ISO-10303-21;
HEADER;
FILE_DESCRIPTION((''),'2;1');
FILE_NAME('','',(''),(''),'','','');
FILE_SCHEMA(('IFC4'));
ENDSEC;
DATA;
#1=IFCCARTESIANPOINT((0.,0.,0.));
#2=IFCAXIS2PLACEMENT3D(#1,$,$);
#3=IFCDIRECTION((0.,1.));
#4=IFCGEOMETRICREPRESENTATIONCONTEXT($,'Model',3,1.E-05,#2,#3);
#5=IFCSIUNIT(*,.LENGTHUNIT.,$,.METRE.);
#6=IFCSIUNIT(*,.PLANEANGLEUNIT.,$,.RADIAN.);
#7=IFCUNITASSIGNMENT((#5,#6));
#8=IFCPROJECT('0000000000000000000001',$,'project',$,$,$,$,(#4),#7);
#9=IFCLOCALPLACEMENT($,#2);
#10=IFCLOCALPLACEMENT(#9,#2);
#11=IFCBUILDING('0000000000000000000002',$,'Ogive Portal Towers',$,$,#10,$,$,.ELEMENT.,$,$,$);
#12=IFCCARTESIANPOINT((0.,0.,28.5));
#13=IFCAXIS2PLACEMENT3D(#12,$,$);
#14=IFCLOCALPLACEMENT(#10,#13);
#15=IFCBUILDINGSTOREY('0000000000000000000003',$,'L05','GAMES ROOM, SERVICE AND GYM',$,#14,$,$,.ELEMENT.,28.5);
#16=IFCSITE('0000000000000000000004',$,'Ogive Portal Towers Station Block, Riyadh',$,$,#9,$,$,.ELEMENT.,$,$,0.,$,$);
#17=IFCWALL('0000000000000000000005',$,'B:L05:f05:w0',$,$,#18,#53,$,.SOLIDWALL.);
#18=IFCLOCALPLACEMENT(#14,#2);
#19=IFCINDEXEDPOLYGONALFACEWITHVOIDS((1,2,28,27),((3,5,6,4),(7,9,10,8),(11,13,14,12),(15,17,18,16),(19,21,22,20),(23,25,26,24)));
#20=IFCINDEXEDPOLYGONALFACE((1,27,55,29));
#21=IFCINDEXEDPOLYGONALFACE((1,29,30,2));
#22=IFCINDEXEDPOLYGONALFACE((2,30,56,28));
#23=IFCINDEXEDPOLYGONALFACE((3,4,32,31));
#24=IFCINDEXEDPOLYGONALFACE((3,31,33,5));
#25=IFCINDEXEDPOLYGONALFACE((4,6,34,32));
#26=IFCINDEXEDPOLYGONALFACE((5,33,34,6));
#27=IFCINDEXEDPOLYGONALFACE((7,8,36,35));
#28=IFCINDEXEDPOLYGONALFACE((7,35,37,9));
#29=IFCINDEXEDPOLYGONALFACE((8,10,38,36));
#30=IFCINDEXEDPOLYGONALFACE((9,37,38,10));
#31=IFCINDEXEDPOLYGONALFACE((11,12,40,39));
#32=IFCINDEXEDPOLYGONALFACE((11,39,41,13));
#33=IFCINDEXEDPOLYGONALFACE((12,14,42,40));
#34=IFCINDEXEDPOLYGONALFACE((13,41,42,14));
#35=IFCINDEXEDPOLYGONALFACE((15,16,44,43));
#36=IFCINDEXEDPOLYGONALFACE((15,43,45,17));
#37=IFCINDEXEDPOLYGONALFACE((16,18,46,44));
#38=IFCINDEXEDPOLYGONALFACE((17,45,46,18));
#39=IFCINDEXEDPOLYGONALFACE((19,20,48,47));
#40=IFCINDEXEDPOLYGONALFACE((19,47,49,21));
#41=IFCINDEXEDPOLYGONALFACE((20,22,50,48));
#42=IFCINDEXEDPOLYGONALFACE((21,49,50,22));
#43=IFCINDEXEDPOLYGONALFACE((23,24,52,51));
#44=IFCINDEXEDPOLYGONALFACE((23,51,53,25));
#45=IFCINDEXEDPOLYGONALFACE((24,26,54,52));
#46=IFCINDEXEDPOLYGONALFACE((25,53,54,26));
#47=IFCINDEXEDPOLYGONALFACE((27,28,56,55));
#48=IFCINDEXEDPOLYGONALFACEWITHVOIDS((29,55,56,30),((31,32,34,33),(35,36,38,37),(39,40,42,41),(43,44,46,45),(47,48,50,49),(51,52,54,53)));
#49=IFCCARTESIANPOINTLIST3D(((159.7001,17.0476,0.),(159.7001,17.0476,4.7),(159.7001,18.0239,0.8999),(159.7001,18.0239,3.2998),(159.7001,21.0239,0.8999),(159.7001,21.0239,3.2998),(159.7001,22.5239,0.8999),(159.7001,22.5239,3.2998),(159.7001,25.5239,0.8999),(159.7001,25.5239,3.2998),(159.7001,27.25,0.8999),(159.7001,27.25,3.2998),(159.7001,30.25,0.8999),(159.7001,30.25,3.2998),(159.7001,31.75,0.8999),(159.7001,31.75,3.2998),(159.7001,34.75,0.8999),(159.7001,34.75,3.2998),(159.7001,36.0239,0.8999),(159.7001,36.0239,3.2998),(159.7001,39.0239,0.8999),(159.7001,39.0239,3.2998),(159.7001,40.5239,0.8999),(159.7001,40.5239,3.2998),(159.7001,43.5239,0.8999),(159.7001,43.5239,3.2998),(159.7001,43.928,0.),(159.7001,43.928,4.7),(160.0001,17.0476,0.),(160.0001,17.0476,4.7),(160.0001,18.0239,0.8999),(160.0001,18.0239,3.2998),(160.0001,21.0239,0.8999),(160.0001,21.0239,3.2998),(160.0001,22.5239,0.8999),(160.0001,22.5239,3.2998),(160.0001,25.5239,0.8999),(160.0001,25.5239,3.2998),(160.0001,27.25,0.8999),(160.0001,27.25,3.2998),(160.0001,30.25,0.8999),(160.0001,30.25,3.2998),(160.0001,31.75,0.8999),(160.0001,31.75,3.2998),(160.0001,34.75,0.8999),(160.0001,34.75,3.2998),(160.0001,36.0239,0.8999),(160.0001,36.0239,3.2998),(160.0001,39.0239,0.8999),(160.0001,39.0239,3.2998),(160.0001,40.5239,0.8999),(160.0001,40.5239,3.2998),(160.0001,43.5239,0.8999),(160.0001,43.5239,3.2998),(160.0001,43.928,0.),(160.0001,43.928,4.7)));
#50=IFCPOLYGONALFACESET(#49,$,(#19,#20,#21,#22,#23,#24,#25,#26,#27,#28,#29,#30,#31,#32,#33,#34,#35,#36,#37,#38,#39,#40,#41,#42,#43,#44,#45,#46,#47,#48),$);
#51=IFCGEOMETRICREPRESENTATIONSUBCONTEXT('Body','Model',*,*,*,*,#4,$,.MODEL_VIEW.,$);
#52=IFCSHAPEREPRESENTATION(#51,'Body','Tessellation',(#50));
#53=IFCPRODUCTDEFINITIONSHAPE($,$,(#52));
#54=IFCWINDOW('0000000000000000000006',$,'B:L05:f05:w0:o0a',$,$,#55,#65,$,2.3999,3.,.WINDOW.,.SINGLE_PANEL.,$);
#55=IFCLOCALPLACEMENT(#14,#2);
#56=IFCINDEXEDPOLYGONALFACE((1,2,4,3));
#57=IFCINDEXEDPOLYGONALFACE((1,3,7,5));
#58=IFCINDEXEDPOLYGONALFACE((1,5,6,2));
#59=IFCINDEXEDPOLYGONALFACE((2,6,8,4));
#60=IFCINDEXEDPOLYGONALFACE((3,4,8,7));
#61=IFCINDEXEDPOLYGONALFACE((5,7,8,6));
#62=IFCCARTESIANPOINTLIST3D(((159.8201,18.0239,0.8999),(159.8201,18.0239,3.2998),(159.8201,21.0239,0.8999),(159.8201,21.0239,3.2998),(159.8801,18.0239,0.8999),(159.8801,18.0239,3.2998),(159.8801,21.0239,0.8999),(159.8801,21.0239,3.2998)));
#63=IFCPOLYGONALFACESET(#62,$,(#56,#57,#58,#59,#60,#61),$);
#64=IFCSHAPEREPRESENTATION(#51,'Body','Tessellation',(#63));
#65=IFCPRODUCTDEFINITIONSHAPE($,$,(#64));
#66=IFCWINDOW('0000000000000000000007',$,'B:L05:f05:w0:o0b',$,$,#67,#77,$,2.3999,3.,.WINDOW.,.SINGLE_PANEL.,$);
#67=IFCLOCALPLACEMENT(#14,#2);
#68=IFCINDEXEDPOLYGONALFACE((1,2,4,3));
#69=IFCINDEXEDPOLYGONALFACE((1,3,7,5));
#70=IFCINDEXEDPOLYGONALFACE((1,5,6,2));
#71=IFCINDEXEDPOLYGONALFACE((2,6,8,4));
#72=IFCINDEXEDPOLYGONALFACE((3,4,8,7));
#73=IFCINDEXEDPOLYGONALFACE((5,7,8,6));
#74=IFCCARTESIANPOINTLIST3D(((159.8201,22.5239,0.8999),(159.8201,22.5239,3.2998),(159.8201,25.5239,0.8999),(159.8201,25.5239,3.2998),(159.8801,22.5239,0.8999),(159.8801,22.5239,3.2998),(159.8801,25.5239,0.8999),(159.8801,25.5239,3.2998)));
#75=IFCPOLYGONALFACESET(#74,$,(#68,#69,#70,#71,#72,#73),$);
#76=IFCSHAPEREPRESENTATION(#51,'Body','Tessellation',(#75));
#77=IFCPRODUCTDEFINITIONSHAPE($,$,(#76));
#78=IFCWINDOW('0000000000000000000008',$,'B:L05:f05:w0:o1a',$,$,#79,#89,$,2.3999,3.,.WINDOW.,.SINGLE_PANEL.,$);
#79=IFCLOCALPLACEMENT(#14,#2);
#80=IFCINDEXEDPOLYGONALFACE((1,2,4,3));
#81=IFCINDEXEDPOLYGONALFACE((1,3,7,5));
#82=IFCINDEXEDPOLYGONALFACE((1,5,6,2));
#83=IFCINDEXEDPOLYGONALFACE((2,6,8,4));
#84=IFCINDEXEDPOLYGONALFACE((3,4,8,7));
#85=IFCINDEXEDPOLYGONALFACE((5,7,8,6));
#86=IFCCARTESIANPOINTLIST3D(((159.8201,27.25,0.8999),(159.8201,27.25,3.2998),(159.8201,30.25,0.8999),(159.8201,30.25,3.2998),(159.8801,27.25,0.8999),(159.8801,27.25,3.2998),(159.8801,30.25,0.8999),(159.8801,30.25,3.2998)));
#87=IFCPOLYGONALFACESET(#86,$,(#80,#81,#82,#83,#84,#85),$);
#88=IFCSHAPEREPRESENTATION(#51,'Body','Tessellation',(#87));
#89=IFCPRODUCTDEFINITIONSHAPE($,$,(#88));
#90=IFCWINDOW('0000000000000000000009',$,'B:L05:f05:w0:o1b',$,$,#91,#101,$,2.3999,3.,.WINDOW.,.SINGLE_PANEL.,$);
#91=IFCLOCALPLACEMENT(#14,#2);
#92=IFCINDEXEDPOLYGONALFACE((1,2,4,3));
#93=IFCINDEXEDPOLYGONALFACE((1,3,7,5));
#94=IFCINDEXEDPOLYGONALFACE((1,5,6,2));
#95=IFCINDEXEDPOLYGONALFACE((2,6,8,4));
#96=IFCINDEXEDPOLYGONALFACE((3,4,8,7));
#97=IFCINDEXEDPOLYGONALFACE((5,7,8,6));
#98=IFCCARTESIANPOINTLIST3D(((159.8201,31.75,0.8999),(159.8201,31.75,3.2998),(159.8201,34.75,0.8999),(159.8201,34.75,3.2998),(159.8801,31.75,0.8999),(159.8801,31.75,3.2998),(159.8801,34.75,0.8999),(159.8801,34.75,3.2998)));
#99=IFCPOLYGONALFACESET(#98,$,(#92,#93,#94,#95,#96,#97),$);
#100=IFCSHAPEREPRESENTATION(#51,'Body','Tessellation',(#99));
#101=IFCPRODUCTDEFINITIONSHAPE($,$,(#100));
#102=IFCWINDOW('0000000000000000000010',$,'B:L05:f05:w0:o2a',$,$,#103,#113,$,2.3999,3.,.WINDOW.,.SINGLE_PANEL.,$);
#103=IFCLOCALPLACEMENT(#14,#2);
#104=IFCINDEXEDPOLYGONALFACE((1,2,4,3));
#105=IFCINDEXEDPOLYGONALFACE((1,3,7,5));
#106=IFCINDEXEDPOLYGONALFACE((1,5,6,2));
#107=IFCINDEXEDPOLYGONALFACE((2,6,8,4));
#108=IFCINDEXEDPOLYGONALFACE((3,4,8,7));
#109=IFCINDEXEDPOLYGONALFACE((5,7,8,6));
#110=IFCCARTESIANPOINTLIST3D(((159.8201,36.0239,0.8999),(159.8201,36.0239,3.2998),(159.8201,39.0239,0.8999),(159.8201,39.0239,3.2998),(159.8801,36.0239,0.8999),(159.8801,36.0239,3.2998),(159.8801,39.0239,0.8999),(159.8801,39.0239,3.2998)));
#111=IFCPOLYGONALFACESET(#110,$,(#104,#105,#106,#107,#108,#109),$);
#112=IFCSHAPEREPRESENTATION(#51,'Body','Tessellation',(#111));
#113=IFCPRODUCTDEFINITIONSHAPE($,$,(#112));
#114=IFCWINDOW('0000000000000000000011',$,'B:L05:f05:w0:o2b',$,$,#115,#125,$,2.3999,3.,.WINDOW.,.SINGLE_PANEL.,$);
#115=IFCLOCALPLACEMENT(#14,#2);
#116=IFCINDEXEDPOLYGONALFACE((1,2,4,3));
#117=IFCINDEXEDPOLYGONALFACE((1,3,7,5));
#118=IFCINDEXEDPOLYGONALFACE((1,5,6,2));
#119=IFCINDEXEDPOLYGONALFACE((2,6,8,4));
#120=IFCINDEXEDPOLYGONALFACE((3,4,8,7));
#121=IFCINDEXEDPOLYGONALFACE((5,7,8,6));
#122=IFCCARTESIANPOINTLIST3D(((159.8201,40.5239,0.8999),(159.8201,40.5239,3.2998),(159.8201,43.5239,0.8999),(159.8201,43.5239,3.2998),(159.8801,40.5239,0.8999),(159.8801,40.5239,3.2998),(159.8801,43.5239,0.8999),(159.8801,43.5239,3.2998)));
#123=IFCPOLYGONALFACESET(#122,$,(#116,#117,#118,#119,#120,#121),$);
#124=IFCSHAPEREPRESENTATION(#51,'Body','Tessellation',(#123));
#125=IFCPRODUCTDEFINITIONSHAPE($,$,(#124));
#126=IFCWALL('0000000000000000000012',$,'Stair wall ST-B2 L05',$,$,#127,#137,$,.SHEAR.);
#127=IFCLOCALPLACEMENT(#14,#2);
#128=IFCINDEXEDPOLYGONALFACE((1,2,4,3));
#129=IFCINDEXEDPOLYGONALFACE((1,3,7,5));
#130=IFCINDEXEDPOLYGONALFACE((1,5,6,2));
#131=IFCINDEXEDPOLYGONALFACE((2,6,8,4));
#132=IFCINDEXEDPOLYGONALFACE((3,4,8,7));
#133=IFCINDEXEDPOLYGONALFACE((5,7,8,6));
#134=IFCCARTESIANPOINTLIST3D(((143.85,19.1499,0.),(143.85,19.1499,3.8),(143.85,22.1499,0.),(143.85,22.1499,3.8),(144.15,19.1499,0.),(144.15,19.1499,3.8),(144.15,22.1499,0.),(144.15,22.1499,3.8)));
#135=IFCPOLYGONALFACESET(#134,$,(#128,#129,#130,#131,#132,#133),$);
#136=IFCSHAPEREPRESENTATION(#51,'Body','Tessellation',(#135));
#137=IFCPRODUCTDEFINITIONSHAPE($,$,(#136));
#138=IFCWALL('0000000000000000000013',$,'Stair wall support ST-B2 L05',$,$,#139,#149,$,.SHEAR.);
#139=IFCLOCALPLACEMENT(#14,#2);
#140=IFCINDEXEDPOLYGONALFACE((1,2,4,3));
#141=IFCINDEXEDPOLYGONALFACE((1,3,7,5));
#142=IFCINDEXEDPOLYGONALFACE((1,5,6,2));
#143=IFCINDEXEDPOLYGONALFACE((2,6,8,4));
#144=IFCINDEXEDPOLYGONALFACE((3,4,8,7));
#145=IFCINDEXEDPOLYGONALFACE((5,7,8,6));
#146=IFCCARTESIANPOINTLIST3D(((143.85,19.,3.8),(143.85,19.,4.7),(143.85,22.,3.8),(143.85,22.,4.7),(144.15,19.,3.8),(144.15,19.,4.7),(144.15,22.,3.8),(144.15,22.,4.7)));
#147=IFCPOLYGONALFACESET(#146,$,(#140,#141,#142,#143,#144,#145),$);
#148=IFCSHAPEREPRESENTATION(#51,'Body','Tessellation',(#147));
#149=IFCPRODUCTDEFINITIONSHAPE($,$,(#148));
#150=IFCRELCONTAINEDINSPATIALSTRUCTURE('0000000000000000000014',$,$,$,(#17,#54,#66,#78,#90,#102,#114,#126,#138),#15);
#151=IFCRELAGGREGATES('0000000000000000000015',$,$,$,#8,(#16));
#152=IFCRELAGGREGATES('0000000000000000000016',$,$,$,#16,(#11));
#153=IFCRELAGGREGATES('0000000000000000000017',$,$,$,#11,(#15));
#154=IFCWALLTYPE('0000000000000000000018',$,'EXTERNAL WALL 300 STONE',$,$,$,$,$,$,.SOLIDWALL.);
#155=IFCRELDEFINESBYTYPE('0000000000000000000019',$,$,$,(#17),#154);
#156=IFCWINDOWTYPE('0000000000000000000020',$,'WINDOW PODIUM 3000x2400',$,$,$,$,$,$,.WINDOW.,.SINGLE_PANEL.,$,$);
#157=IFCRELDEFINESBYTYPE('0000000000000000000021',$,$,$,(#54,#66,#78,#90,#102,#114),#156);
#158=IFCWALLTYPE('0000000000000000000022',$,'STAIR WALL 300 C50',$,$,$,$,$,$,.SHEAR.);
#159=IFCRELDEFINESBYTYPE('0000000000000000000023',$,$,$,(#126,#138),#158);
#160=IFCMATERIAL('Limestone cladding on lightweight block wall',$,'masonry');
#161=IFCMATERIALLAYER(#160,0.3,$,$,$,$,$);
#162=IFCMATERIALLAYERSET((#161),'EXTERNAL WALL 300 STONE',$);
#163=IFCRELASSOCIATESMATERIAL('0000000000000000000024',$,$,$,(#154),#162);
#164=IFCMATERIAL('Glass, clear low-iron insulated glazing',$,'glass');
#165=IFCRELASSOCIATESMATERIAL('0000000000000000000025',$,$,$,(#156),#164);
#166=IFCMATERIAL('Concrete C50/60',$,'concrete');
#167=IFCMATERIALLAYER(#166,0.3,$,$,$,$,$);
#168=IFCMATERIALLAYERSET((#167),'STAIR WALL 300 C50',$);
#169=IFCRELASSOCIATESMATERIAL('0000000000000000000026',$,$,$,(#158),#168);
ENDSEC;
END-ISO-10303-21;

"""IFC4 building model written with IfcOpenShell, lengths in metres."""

from ifc_helpers import new_model, si_unit, direction, frame, frame_2d, origin, place, context, subcontext, project, spatial, rectangle, extrude, material, layer, layer_set, type_object, element, fill, save


model = new_model("IFC4")

# Units and contexts
model_context = context("Model", 3, precision=1e-05, world=origin(), true_north=direction((0.0, 1.0)))
body_context = subcontext(model_context, "Body", "Model", "MODEL_VIEW")
ifc_project = project(units=[si_unit("LENGTHUNIT", "METRE"), si_unit("PLANEANGLEUNIT", "RADIAN")], contexts=[model_context])

# Site, building, storey
site_placement = place(None, origin())
site = spatial("IfcSite", under=ifc_project, at=site_placement, Name="Ogive Portal Towers Station Block, Riyadh", CompositionType="ELEMENT", RefElevation=0.0)
building_placement = place(site_placement, origin())
building = spatial("IfcBuilding", under=site, at=building_placement, Name="Ogive Portal Towers", CompositionType="ELEMENT")
storey_placement = place(building_placement, frame((0.0, 0.0, 28.5)))
storey = spatial("IfcBuildingStorey", under=building, at=storey_placement, Name="L05", Description="GAMES ROOM, SERVICE AND GYM", CompositionType="ELEMENT", Elevation=28.5)

# Shared definitions
ifc_material_1 = material(Name="Concrete C50/60", Category="concrete")

# Shared definitions
ifc_material_2 = material(Name="Limestone cladding on lightweight block wall", Category="masonry")
ifc_layer_1 = layer(ifc_material_2, 0.3)
ifc_layer_set_1 = layer_set([ifc_layer_1], Name="EXTERNAL WALL 300 STONE")
wall_type_1 = type_object("IfcWallType", Name="EXTERNAL WALL 300 STONE", PredefinedType="SOLIDWALL", material=ifc_layer_set_1)
ifc_material_3 = material(Name="Glass, clear low-iron insulated glazing", Category="glass")
window_type = type_object("IfcWindowType", Name="WINDOW PODIUM 3000x2400", PartitioningType="SINGLE_PANEL", PredefinedType="WINDOW", material=ifc_material_3)

# Wall, openings, windows
wall_1_placement = place(storey_placement, frame((159.8501, 17.0476, 0.0), z_axis=(0.0, 0.0, 1.0), x_axis=(0.0, 1.0, 0.0)))
wall_1 = element("IfcWall", 1, at=wall_1_placement, inside=storey, type_object=wall_type_1, Name="B:L05:f05:w0", PredefinedType="SOLIDWALL", context=body_context, shape_type="SweptSolid", body=[
    extrude(rectangle(XDim=26.8804, YDim=0.3, at=frame_2d((13.4402, 0.0))), origin(), (0.0, 0.0, 1.0), 4.7),
])
opening_1_placement = place(wall_1_placement, frame((0.9763, 0.0, 0.8999)))
opening_1 = element("IfcOpeningElement", 2, at=opening_1_placement, cuts=wall_1, PredefinedType="OPENING", context=body_context, shape_type="SweptSolid", body=[
    extrude(rectangle(XDim=3.0, YDim=2.3999, at=frame_2d((1.5, 1.2))), frame((0.0, 0.1602, 0.0), z_axis=(0.0, -1.0, 0.0), x_axis=(1.0, 0.0, 0.0)), (0.0, 0.0, 1.0), 0.3201),
])
opening_2_placement = place(wall_1_placement, frame((5.4763, 0.0, 0.8999)))
opening_2 = element("IfcOpeningElement", 3, at=opening_2_placement, cuts=wall_1, PredefinedType="OPENING", context=body_context, shape_type="SweptSolid", body=[
    extrude(rectangle(XDim=3.0, YDim=2.3999, at=frame_2d((1.5, 1.2))), frame((0.0, 0.1602, 0.0), z_axis=(0.0, -1.0, 0.0), x_axis=(1.0, 0.0, 0.0)), (0.0, 0.0, 1.0), 0.3201),
])
opening_3_placement = place(wall_1_placement, frame((10.2024, 0.0, 0.8999)))
opening_3 = element("IfcOpeningElement", 4, at=opening_3_placement, cuts=wall_1, PredefinedType="OPENING", context=body_context, shape_type="SweptSolid", body=[
    extrude(rectangle(XDim=3.0, YDim=2.3999, at=frame_2d((1.5, 1.2))), frame((0.0, 0.1602, 0.0), z_axis=(0.0, -1.0, 0.0), x_axis=(1.0, 0.0, 0.0)), (0.0, 0.0, 1.0), 0.3201),
])
opening_4_placement = place(wall_1_placement, frame((14.7024, 0.0, 0.8999)))
opening_4 = element("IfcOpeningElement", 5, at=opening_4_placement, cuts=wall_1, PredefinedType="OPENING", context=body_context, shape_type="SweptSolid", body=[
    extrude(rectangle(XDim=3.0, YDim=2.3999, at=frame_2d((1.5, 1.2))), frame((0.0, 0.1602, 0.0), z_axis=(0.0, -1.0, 0.0), x_axis=(1.0, 0.0, 0.0)), (0.0, 0.0, 1.0), 0.3201),
])
opening_5_placement = place(wall_1_placement, frame((18.9763, 0.0, 0.8999)))
opening_5 = element("IfcOpeningElement", 6, at=opening_5_placement, cuts=wall_1, PredefinedType="OPENING", context=body_context, shape_type="SweptSolid", body=[
    extrude(rectangle(XDim=3.0, YDim=2.3999, at=frame_2d((1.5, 1.2))), frame((0.0, 0.1602, 0.0), z_axis=(0.0, -1.0, 0.0), x_axis=(1.0, 0.0, 0.0)), (0.0, 0.0, 1.0), 0.3201),
])
opening_6_placement = place(wall_1_placement, frame((23.4763, 0.0, 0.8999)))
opening_6 = element("IfcOpeningElement", 7, at=opening_6_placement, cuts=wall_1, PredefinedType="OPENING", context=body_context, shape_type="SweptSolid", body=[
    extrude(rectangle(XDim=3.0, YDim=2.3999, at=frame_2d((1.5, 1.2))), frame((0.0, 0.1602, 0.0), z_axis=(0.0, -1.0, 0.0), x_axis=(1.0, 0.0, 0.0)), (0.0, 0.0, 1.0), 0.3201),
])
window_1_placement = place(opening_1_placement, origin())
window_1 = element("IfcWindow", 8, at=window_1_placement, inside=storey, type_object=window_type, Name="B:L05:f05:w0:o0a", OverallHeight=2.3999, OverallWidth=3.0, PartitioningType="SINGLE_PANEL", PredefinedType="WINDOW", context=body_context, shape_type="SweptSolid", body=[
    extrude(rectangle(XDim=3.0, YDim=2.3999, at=frame_2d((1.5, 1.2))), frame((0.0, 0.03, 0.0), z_axis=(0.0, -1.0, 0.0), x_axis=(1.0, 0.0, 0.0)), (0.0, 0.0, 1.0), 0.0601),
])
fill(opening_1, window_1)
window_2_placement = place(opening_2_placement, origin())
window_2 = element("IfcWindow", 9, at=window_2_placement, inside=storey, type_object=window_type, Name="B:L05:f05:w0:o0b", OverallHeight=2.3999, OverallWidth=3.0, PartitioningType="SINGLE_PANEL", PredefinedType="WINDOW", context=body_context, shape_type="SweptSolid", body=[
    extrude(rectangle(XDim=3.0, YDim=2.3999, at=frame_2d((1.5, 1.2))), frame((0.0, 0.03, 0.0), z_axis=(0.0, -1.0, 0.0), x_axis=(1.0, 0.0, 0.0)), (0.0, 0.0, 1.0), 0.0601),
])
fill(opening_2, window_2)
window_3_placement = place(opening_3_placement, origin())
window_3 = element("IfcWindow", 10, at=window_3_placement, inside=storey, type_object=window_type, Name="B:L05:f05:w0:o1a", OverallHeight=2.3999, OverallWidth=3.0, PartitioningType="SINGLE_PANEL", PredefinedType="WINDOW", context=body_context, shape_type="SweptSolid", body=[
    extrude(rectangle(XDim=3.0, YDim=2.3999, at=frame_2d((1.5, 1.2))), frame((0.0, 0.03, 0.0), z_axis=(0.0, -1.0, 0.0), x_axis=(1.0, 0.0, 0.0)), (0.0, 0.0, 1.0), 0.0601),
])
fill(opening_3, window_3)
window_4_placement = place(opening_4_placement, origin())
window_4 = element("IfcWindow", 11, at=window_4_placement, inside=storey, type_object=window_type, Name="B:L05:f05:w0:o1b", OverallHeight=2.3999, OverallWidth=3.0, PartitioningType="SINGLE_PANEL", PredefinedType="WINDOW", context=body_context, shape_type="SweptSolid", body=[
    extrude(rectangle(XDim=3.0, YDim=2.3999, at=frame_2d((1.5, 1.2))), frame((0.0, 0.03, 0.0), z_axis=(0.0, -1.0, 0.0), x_axis=(1.0, 0.0, 0.0)), (0.0, 0.0, 1.0), 0.0601),
])
fill(opening_4, window_4)
window_5_placement = place(opening_5_placement, origin())
window_5 = element("IfcWindow", 12, at=window_5_placement, inside=storey, type_object=window_type, Name="B:L05:f05:w0:o2a", OverallHeight=2.3999, OverallWidth=3.0, PartitioningType="SINGLE_PANEL", PredefinedType="WINDOW", context=body_context, shape_type="SweptSolid", body=[
    extrude(rectangle(XDim=3.0, YDim=2.3999, at=frame_2d((1.5, 1.2))), frame((0.0, 0.03, 0.0), z_axis=(0.0, -1.0, 0.0), x_axis=(1.0, 0.0, 0.0)), (0.0, 0.0, 1.0), 0.0601),
])
fill(opening_5, window_5)
window_6_placement = place(opening_6_placement, origin())
window_6 = element("IfcWindow", 13, at=window_6_placement, inside=storey, type_object=window_type, Name="B:L05:f05:w0:o2b", OverallHeight=2.3999, OverallWidth=3.0, PartitioningType="SINGLE_PANEL", PredefinedType="WINDOW", context=body_context, shape_type="SweptSolid", body=[
    extrude(rectangle(XDim=3.0, YDim=2.3999, at=frame_2d((1.5, 1.2))), frame((0.0, 0.03, 0.0), z_axis=(0.0, -1.0, 0.0), x_axis=(1.0, 0.0, 0.0)), (0.0, 0.0, 1.0), 0.0601),
])
fill(opening_6, window_6)

# Walls
ifc_layer_2 = layer(ifc_material_1, 0.3)
ifc_layer_set_2 = layer_set([ifc_layer_2], Name="STAIR WALL 300 C50")
wall_type_2 = type_object("IfcWallType", Name="STAIR WALL 300 C50", PredefinedType="SHEAR", material=ifc_layer_set_2)
wall_2_placement = place(storey_placement, frame((144.0, 19.1499, 0.0), z_axis=(0.0, 0.0, 1.0), x_axis=(0.0, 1.0, 0.0)))
element("IfcWall", 14, at=wall_2_placement, inside=storey, type_object=wall_type_2, Name="Stair wall ST-B2 L05", PredefinedType="SHEAR", context=body_context, shape_type="SweptSolid", body=[
    extrude(rectangle(XDim=3.0, YDim=0.3, at=frame_2d((1.5, 0.0))), origin(), (0.0, 0.0, 1.0), 3.8),
])
wall_3_placement = place(storey_placement, frame((144.0, 19.0, 3.8), z_axis=(0.0, 0.0, 1.0), x_axis=(0.0, 1.0, 0.0)))
element("IfcWall", 15, at=wall_3_placement, inside=storey, type_object=wall_type_2, Name="Stair wall support ST-B2 L05", PredefinedType="SHEAR", context=body_context, shape_type="SweptSolid", body=[
    extrude(rectangle(XDim=3.0, YDim=0.3, at=frame_2d((1.5, 0.0))), origin(), (0.0, 0.0, 1.0), 0.8999),
])

save(model, "model.ifc")
